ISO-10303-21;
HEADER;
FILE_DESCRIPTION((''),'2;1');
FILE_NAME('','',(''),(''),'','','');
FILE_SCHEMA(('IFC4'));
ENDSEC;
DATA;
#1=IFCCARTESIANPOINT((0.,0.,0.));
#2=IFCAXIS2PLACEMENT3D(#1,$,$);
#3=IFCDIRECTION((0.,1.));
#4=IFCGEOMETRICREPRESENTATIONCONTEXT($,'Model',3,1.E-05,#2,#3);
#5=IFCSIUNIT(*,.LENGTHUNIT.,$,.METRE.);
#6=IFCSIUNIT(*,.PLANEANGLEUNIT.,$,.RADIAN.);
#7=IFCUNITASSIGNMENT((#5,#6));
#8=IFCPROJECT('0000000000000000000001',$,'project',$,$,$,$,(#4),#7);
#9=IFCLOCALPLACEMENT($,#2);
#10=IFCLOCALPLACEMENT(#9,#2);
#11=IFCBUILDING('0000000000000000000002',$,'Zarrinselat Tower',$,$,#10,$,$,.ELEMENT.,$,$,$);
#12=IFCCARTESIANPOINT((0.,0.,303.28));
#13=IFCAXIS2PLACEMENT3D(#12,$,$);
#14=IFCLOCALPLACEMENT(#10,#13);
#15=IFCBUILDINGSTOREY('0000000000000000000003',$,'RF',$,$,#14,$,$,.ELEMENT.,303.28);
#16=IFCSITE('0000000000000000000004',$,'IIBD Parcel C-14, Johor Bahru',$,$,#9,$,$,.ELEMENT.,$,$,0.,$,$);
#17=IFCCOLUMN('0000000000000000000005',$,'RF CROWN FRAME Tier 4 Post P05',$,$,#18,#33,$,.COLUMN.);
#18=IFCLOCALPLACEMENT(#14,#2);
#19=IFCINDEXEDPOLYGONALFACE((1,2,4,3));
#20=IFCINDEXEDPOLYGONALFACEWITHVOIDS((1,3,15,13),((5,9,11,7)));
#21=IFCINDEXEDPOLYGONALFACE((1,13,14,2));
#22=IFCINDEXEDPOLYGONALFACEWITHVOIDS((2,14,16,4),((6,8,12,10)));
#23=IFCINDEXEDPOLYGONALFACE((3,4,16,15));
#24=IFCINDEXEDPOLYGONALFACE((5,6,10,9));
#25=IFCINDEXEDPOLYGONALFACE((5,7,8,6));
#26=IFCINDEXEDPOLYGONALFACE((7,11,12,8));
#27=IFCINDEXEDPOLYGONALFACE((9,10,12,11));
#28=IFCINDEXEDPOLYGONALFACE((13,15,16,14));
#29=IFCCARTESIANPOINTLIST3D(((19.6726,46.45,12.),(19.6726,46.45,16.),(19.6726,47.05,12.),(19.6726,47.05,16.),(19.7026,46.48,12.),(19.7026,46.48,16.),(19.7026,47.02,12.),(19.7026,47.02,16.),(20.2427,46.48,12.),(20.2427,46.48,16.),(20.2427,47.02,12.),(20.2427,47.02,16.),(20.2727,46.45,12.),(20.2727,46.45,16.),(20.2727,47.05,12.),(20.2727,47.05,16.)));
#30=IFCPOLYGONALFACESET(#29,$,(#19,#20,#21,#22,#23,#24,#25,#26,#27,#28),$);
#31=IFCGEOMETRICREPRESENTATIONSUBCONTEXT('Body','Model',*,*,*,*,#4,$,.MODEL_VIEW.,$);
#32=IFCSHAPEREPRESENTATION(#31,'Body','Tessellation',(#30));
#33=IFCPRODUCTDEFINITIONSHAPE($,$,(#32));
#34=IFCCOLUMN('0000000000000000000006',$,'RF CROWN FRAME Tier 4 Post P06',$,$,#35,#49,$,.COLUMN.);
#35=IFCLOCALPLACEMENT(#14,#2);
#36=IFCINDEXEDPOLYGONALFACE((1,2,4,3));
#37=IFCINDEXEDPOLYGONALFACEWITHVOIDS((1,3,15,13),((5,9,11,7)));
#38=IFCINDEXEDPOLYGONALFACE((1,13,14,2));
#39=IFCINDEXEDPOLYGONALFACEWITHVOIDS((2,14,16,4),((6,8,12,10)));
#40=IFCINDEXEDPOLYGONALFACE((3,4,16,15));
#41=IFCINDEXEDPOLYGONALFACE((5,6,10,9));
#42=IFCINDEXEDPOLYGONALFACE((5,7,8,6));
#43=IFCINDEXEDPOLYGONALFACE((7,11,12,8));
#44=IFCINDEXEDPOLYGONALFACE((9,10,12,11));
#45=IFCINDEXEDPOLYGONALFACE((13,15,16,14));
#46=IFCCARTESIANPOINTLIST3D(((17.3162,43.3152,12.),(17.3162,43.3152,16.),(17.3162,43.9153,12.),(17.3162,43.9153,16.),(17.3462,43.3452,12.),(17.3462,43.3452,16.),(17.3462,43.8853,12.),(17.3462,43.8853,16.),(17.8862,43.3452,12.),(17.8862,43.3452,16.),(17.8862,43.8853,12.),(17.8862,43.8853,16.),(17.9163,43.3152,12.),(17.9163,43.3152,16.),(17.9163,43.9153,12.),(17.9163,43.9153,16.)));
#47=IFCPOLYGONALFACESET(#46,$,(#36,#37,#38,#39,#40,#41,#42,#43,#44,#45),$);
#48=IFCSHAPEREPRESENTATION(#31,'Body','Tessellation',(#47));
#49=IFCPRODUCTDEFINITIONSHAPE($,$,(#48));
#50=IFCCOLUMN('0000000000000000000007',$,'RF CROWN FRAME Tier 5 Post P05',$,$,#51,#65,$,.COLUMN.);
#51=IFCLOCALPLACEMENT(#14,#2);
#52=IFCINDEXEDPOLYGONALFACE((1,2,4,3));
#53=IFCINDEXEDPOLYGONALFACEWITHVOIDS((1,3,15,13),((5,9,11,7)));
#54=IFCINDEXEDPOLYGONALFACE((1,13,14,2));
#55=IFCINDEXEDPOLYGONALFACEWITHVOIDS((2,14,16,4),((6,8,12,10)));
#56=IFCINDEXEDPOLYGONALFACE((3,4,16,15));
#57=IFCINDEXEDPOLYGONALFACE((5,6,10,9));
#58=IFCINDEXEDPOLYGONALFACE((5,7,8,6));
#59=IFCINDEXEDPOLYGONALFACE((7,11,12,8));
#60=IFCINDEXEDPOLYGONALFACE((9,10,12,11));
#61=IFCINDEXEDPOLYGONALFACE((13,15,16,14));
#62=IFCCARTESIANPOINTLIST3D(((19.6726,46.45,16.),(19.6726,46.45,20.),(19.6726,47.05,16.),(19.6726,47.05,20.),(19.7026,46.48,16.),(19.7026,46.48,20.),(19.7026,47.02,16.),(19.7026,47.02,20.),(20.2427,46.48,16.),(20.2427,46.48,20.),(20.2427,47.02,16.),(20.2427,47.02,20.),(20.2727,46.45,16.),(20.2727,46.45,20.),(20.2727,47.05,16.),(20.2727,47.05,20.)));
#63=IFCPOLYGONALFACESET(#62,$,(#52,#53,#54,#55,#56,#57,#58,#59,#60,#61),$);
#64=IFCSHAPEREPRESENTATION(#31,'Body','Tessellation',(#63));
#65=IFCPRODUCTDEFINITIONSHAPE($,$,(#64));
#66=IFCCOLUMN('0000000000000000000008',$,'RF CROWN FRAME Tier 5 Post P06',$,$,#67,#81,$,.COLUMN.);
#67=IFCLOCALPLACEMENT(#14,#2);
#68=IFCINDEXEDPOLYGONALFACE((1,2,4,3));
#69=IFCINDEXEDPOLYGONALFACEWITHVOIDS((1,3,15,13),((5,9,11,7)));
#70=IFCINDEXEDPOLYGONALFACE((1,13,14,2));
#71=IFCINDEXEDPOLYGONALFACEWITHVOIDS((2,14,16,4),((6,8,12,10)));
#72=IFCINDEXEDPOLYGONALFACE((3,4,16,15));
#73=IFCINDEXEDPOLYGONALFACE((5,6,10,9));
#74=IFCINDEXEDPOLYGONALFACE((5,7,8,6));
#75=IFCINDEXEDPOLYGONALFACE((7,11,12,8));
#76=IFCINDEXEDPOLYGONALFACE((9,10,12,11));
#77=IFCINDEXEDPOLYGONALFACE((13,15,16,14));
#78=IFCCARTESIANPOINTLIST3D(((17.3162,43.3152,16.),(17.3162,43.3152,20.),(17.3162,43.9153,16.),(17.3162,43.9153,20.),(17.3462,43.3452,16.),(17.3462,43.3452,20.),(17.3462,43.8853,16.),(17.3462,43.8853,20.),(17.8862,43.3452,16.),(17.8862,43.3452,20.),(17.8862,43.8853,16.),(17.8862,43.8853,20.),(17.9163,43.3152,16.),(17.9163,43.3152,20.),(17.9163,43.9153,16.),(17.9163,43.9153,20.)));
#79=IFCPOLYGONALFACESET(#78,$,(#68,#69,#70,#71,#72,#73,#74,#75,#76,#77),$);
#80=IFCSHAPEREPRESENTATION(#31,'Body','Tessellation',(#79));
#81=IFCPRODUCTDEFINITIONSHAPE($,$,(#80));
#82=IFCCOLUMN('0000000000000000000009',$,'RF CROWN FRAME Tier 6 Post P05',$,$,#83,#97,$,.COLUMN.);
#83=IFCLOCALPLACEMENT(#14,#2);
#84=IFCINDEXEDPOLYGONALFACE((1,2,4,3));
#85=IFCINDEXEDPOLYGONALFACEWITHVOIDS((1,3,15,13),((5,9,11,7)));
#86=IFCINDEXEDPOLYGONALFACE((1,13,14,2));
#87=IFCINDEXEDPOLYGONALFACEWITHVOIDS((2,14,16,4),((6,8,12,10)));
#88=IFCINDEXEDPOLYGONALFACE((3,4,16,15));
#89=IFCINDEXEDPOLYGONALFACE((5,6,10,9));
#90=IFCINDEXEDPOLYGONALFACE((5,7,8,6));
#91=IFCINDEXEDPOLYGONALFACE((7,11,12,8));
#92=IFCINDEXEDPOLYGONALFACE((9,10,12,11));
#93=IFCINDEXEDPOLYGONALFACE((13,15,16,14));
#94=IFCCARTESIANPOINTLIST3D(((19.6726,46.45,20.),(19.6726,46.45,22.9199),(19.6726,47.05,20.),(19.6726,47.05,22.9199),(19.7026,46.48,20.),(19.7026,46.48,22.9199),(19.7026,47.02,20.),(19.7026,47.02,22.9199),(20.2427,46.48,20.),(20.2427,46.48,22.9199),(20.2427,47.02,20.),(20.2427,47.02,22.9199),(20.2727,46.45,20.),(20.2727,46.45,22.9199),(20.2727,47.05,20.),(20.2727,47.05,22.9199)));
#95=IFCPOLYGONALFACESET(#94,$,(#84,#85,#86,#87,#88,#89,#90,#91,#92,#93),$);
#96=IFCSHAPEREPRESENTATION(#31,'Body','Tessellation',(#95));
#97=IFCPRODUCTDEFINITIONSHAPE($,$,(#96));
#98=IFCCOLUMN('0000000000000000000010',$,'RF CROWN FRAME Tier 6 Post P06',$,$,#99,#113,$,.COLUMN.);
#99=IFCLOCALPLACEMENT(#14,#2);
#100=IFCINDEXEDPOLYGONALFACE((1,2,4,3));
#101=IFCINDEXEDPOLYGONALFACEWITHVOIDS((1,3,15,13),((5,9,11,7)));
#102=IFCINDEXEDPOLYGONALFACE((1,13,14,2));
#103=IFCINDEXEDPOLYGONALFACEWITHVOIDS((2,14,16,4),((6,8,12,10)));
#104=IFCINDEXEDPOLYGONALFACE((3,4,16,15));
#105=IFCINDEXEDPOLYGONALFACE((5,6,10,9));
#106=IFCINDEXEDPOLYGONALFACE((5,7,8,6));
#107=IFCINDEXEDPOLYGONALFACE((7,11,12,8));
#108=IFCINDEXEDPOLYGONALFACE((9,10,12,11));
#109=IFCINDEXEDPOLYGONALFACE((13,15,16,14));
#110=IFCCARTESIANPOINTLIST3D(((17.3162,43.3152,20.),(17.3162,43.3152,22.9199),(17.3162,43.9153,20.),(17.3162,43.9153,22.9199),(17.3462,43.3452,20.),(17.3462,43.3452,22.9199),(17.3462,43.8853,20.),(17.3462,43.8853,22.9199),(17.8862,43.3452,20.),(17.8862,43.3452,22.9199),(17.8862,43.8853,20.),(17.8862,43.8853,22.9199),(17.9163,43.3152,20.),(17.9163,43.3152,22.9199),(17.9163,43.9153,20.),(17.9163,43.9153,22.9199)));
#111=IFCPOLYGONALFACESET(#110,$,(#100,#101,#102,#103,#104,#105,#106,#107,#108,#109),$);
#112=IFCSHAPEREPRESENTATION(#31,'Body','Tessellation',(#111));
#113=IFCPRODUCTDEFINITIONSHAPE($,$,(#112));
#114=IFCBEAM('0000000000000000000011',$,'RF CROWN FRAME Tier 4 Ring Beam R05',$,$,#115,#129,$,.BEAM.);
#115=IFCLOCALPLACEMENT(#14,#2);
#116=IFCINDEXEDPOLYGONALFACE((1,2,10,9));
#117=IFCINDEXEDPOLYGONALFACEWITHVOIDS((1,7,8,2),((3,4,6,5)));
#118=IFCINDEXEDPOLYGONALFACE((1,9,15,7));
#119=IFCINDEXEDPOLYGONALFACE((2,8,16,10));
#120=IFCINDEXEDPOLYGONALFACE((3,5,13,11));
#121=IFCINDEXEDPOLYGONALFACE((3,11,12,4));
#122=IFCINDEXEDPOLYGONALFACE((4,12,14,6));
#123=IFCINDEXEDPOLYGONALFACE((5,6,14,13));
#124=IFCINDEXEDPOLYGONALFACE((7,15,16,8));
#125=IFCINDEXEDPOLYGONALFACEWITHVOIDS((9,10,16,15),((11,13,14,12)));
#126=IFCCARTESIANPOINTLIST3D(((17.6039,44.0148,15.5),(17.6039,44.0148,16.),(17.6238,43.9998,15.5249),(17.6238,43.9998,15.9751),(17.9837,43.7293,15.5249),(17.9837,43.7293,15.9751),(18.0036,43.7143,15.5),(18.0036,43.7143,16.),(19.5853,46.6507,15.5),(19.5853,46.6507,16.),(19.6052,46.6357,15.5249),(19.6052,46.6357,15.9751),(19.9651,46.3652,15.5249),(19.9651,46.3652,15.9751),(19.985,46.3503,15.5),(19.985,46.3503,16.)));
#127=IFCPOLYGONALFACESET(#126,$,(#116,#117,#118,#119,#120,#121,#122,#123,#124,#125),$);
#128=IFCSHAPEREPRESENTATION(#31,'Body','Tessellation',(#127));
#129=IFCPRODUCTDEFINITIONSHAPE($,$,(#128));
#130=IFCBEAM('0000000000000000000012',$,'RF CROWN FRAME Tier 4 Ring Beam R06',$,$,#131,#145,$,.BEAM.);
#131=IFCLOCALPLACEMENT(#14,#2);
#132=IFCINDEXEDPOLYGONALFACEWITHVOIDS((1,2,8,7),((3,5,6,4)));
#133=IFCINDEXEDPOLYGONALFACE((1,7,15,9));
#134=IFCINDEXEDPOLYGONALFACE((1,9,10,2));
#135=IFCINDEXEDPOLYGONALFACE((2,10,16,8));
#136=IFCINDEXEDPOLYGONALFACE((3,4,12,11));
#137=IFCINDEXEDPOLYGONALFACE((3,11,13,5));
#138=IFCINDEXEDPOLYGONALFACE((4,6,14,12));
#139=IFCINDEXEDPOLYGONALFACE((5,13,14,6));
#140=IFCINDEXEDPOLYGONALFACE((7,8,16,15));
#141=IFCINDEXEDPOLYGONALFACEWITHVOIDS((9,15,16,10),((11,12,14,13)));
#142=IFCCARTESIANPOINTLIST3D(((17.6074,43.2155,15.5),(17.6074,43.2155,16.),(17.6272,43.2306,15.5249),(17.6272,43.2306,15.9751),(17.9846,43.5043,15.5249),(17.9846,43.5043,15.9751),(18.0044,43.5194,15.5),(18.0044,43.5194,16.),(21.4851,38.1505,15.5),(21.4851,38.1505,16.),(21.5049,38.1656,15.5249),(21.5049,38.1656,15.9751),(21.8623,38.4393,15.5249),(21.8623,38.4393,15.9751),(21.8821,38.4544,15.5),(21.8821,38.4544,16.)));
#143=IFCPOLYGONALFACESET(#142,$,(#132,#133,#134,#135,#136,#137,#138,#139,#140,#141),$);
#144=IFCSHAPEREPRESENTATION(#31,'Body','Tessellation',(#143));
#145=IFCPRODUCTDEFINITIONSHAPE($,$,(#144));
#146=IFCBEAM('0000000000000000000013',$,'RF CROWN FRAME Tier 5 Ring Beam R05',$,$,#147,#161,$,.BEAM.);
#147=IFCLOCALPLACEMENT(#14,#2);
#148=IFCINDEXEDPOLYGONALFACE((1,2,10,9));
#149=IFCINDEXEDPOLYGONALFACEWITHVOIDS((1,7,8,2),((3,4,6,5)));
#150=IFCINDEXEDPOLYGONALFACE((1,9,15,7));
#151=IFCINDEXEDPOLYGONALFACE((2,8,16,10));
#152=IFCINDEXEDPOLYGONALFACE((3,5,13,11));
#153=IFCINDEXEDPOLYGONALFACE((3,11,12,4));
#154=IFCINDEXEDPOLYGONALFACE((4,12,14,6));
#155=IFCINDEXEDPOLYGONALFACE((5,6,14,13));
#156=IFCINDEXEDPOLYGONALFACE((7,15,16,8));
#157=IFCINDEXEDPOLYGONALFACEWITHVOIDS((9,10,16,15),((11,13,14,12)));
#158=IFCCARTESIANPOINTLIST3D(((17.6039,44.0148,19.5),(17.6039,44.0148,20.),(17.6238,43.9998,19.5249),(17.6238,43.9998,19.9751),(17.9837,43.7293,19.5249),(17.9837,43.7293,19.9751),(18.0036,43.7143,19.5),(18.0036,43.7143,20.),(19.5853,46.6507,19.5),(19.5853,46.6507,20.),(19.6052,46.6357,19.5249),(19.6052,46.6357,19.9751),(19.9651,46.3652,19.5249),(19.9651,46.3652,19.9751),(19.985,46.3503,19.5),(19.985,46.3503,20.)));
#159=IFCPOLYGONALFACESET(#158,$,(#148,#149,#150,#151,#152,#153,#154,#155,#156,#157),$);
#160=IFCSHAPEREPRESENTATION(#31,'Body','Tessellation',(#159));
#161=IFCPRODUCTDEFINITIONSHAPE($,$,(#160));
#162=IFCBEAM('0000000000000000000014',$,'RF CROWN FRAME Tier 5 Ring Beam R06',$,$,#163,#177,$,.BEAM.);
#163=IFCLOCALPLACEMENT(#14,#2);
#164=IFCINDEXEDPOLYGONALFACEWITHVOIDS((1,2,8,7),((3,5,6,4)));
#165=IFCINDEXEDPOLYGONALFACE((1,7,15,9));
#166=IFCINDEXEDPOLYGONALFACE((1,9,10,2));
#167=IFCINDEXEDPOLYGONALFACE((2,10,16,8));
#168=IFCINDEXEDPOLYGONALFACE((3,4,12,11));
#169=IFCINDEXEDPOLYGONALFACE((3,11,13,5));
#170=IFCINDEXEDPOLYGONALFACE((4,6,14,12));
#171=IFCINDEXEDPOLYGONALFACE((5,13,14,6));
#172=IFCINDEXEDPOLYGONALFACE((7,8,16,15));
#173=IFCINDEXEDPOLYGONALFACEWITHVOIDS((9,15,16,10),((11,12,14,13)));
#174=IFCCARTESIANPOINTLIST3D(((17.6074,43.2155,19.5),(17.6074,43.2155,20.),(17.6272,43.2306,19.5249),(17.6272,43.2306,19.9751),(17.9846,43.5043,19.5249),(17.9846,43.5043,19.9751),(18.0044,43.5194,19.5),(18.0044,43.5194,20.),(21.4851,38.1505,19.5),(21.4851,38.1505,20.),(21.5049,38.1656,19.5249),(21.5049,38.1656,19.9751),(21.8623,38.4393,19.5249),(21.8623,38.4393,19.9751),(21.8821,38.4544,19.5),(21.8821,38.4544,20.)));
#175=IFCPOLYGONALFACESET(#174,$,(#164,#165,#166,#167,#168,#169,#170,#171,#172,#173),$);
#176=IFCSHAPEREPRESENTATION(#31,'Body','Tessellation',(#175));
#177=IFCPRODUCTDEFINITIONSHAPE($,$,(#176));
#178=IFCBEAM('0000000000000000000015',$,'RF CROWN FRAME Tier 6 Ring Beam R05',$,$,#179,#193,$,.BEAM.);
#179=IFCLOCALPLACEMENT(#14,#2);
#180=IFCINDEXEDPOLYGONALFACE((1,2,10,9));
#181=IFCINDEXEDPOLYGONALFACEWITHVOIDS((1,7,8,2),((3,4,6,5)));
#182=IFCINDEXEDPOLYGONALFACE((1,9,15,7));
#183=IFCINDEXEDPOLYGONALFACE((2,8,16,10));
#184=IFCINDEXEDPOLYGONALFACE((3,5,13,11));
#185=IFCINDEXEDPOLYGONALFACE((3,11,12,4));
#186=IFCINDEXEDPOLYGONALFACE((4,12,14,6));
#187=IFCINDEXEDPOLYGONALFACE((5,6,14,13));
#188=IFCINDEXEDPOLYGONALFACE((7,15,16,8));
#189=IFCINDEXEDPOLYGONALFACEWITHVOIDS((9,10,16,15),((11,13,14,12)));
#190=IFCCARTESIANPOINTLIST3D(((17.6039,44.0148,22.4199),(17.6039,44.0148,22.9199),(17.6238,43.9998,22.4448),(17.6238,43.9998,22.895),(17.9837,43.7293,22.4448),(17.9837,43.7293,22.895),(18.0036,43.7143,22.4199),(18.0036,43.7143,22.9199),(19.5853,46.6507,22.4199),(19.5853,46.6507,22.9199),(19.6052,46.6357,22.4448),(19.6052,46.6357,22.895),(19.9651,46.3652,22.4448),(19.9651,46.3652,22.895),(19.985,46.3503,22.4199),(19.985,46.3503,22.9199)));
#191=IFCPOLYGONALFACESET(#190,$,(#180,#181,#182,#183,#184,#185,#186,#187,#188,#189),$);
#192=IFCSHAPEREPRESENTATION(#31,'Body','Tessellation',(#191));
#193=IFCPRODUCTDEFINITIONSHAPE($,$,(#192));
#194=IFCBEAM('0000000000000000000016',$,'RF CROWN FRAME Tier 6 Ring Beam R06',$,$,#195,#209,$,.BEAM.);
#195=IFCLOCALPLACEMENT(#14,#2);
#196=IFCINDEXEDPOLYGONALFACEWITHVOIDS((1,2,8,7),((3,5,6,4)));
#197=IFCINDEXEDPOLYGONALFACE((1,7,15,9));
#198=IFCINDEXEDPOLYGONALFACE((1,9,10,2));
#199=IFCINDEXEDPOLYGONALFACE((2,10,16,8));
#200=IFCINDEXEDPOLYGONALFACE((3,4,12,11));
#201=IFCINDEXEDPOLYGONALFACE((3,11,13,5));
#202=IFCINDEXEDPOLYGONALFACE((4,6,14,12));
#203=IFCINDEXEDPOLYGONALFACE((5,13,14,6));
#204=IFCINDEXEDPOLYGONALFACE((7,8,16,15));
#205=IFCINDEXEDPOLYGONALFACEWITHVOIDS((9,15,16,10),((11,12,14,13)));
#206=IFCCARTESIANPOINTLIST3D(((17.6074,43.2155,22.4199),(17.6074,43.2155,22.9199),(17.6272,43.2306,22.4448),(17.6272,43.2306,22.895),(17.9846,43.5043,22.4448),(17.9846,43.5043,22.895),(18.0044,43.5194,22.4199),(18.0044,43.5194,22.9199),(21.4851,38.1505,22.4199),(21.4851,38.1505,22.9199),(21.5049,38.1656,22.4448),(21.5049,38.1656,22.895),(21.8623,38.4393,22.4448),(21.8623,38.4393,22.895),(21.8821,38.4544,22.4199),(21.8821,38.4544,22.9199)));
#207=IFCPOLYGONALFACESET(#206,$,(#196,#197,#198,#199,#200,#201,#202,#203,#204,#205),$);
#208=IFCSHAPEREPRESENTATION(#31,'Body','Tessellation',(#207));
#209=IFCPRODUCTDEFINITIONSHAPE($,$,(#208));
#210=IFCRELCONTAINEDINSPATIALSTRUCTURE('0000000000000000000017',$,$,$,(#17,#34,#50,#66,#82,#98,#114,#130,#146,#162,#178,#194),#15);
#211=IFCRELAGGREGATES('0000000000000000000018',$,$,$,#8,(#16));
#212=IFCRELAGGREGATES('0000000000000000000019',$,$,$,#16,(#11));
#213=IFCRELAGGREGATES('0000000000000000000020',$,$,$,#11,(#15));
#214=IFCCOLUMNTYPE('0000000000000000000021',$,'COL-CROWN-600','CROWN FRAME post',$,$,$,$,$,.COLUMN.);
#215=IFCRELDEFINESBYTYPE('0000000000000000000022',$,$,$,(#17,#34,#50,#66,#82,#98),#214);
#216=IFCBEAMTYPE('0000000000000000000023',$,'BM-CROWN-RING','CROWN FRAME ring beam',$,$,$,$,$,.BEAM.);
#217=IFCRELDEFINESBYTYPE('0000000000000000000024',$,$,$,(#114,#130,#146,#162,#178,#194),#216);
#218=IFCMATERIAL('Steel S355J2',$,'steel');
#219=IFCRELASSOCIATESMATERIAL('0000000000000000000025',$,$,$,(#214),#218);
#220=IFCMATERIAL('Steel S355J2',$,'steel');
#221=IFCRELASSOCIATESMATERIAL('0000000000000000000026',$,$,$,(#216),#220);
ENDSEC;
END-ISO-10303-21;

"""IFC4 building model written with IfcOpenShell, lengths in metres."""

from ifc_helpers import new_model, si_unit, direction, frame, origin, origin_2d, place, context, subcontext, project, spatial, hollow_rectangle, extrude, material, material_profile, profile_set, type_object, element, save


model = new_model("IFC4")

# Units and contexts
model_context = context("Model", 3, precision=1e-05, world=origin(), true_north=direction((0.0, 1.0)))
body_context = subcontext(model_context, "Body", "Model", "MODEL_VIEW")
ifc_project = project(units=[si_unit("LENGTHUNIT", "METRE"), si_unit("PLANEANGLEUNIT", "RADIAN")], contexts=[model_context])

# Site, building, storey
site_placement = place(None, origin())
site = spatial("IfcSite", under=ifc_project, at=site_placement, Name="IIBD Parcel C-14, Johor Bahru", CompositionType="ELEMENT", RefElevation=0.0)
building_placement = place(site_placement, origin())
building = spatial("IfcBuilding", under=site, at=building_placement, Name="Zarrinselat Tower", CompositionType="ELEMENT")
storey_placement = place(building_placement, frame((0.0, 0.0, 303.28)))
storey = spatial("IfcBuildingStorey", under=building, at=storey_placement, Name="RF", CompositionType="ELEMENT", Elevation=303.28)

# Columns
ifc_material_1 = material(Name="Steel S355J2", Category="steel")
ifc_material_profile_1 = material_profile(ifc_material_1, hollow_rectangle(XDim=0.6001, YDim=0.6001, WallThickness=0.03, at=origin_2d()), Name="SHS 600x600x30")
ifc_profile_set_1 = profile_set([ifc_material_profile_1], Name="Steel S355J2")
column_type = type_object("IfcColumnType", Name="COL-CROWN-600", Description="CROWN FRAME post", PredefinedType="COLUMN", material=ifc_profile_set_1)
for number, where, z_axis, x_axis, name in (
    (1, (19.9727, 46.75, 12.0), (0.0, 0.0, 1.0), (1.0, 0.0, 0.0), "RF CROWN FRAME Tier 4 Post P05"),
    (2, (17.6162, 43.6152, 12.0), (0.0, 0.0, 1.0), (1.0, 0.0, 0.0), "RF CROWN FRAME Tier 4 Post P06"),
    (3, (19.9727, 46.75, 16.0), (0.0, 0.0, 1.0), (1.0, 0.0, 0.0), "RF CROWN FRAME Tier 5 Post P05"),
    (4, (17.6162, 43.6152, 16.0), (0.0, 0.0, 1.0), (1.0, 0.0, 0.0), "RF CROWN FRAME Tier 5 Post P06"),
):
    element("IfcColumn", number, at=place(storey_placement, frame(where, z_axis=z_axis, x_axis=x_axis)), inside=storey, type_object=column_type, Name=name, PredefinedType="COLUMN", context=body_context, shape_type="SweptSolid", body=[
        extrude(hollow_rectangle(XDim=0.6001, YDim=0.6001, WallThickness=0.03, at=origin_2d()), origin(), (0.0, 0.0, 1.0), 4.0),
    ])
for number, where, z_axis, x_axis, name in (
    (5, (19.9727, 46.75, 20.0), (0.0, 0.0, 1.0), (1.0, 0.0, 0.0), "RF CROWN FRAME Tier 6 Post P05"),
    (6, (17.6162, 43.6152, 20.0), (0.0, 0.0, 1.0), (1.0, 0.0, 0.0), "RF CROWN FRAME Tier 6 Post P06"),
):
    element("IfcColumn", number, at=place(storey_placement, frame(where, z_axis=z_axis, x_axis=x_axis)), inside=storey, type_object=column_type, Name=name, PredefinedType="COLUMN", context=body_context, shape_type="SweptSolid", body=[
        extrude(hollow_rectangle(XDim=0.6001, YDim=0.6001, WallThickness=0.03, at=origin_2d()), origin(), (0.0, 0.0, 1.0), 2.9199),
    ])

# Beams
ifc_material_2 = material(Name="Steel S355J2", Category="steel")
ifc_material_profile_2 = material_profile(ifc_material_2, hollow_rectangle(XDim=0.5, YDim=0.5, WallThickness=0.0249, at=origin_2d()), Name="SHS 500x500x25")
ifc_profile_set_2 = profile_set([ifc_material_profile_2], Name="Steel S355J2")
beam_type = type_object("IfcBeamType", Name="BM-CROWN-RING", Description="CROWN FRAME ring beam", PredefinedType="BEAM", material=ifc_profile_set_2)
beam_1_placement = place(storey_placement, frame((19.7852, 46.5005, 15.75), z_axis=(-0.600864, -0.799351, 0.0), x_axis=(0.799351, -0.600864, 0.0)))
element("IfcBeam", 7, at=beam_1_placement, inside=storey, type_object=beam_type, Name="RF CROWN FRAME Tier 4 Ring Beam R05", PredefinedType="BEAM", context=body_context, shape_type="SweptSolid", body=[
    extrude(hollow_rectangle(XDim=0.5, YDim=0.5, WallThickness=0.0249, at=origin_2d()), origin(), (0.0, 0.0, 1.0), 3.2976),
])
beam_2_placement = place(storey_placement, frame((17.8059, 43.3674, 15.75), z_axis=(0.607895, -0.794018, 0.0), x_axis=(0.794018, 0.607895, 0.0)))
element("IfcBeam", 8, at=beam_2_placement, inside=storey, type_object=beam_type, Name="RF CROWN FRAME Tier 4 Ring Beam R06", PredefinedType="BEAM", context=body_context, shape_type="SweptSolid", body=[
    extrude(hollow_rectangle(XDim=0.5, YDim=0.5, WallThickness=0.0249, at=origin_2d()), origin(), (0.0, 0.0, 1.0), 6.3789),
])
beam_3_placement = place(storey_placement, frame((19.7852, 46.5005, 19.75), z_axis=(-0.600864, -0.799351, 0.0), x_axis=(0.799351, -0.600864, 0.0)))
element("IfcBeam", 9, at=beam_3_placement, inside=storey, type_object=beam_type, Name="RF CROWN FRAME Tier 5 Ring Beam R05", PredefinedType="BEAM", context=body_context, shape_type="SweptSolid", body=[
    extrude(hollow_rectangle(XDim=0.5, YDim=0.5, WallThickness=0.0249, at=origin_2d()), origin(), (0.0, 0.0, 1.0), 3.2976),
])
beam_4_placement = place(storey_placement, frame((17.8059, 43.3674, 19.75), z_axis=(0.607895, -0.794018, 0.0), x_axis=(0.794018, 0.607895, 0.0)))
element("IfcBeam", 10, at=beam_4_placement, inside=storey, type_object=beam_type, Name="RF CROWN FRAME Tier 5 Ring Beam R06", PredefinedType="BEAM", context=body_context, shape_type="SweptSolid", body=[
    extrude(hollow_rectangle(XDim=0.5, YDim=0.5, WallThickness=0.0249, at=origin_2d()), origin(), (0.0, 0.0, 1.0), 6.3789),
])
beam_5_placement = place(storey_placement, frame((19.7852, 46.5005, 22.6699), z_axis=(-0.600864, -0.799351, 0.0), x_axis=(0.799351, -0.600864, 0.0)))
element("IfcBeam", 11, at=beam_5_placement, inside=storey, type_object=beam_type, Name="RF CROWN FRAME Tier 6 Ring Beam R05", PredefinedType="BEAM", context=body_context, shape_type="SweptSolid", body=[
    extrude(hollow_rectangle(XDim=0.5, YDim=0.5, WallThickness=0.0249, at=origin_2d()), origin(), (0.0, 0.0, 1.0), 3.2976),
])
beam_6_placement = place(storey_placement, frame((17.8059, 43.3674, 22.6699), z_axis=(0.607895, -0.794018, 0.0), x_axis=(0.794018, 0.607895, 0.0)))
element("IfcBeam", 12, at=beam_6_placement, inside=storey, type_object=beam_type, Name="RF CROWN FRAME Tier 6 Ring Beam R06", PredefinedType="BEAM", context=body_context, shape_type="SweptSolid", body=[
    extrude(hollow_rectangle(XDim=0.5, YDim=0.5, WallThickness=0.0249, at=origin_2d()), origin(), (0.0, 0.0, 1.0), 6.3789),
])

save(model, "model.ifc")
